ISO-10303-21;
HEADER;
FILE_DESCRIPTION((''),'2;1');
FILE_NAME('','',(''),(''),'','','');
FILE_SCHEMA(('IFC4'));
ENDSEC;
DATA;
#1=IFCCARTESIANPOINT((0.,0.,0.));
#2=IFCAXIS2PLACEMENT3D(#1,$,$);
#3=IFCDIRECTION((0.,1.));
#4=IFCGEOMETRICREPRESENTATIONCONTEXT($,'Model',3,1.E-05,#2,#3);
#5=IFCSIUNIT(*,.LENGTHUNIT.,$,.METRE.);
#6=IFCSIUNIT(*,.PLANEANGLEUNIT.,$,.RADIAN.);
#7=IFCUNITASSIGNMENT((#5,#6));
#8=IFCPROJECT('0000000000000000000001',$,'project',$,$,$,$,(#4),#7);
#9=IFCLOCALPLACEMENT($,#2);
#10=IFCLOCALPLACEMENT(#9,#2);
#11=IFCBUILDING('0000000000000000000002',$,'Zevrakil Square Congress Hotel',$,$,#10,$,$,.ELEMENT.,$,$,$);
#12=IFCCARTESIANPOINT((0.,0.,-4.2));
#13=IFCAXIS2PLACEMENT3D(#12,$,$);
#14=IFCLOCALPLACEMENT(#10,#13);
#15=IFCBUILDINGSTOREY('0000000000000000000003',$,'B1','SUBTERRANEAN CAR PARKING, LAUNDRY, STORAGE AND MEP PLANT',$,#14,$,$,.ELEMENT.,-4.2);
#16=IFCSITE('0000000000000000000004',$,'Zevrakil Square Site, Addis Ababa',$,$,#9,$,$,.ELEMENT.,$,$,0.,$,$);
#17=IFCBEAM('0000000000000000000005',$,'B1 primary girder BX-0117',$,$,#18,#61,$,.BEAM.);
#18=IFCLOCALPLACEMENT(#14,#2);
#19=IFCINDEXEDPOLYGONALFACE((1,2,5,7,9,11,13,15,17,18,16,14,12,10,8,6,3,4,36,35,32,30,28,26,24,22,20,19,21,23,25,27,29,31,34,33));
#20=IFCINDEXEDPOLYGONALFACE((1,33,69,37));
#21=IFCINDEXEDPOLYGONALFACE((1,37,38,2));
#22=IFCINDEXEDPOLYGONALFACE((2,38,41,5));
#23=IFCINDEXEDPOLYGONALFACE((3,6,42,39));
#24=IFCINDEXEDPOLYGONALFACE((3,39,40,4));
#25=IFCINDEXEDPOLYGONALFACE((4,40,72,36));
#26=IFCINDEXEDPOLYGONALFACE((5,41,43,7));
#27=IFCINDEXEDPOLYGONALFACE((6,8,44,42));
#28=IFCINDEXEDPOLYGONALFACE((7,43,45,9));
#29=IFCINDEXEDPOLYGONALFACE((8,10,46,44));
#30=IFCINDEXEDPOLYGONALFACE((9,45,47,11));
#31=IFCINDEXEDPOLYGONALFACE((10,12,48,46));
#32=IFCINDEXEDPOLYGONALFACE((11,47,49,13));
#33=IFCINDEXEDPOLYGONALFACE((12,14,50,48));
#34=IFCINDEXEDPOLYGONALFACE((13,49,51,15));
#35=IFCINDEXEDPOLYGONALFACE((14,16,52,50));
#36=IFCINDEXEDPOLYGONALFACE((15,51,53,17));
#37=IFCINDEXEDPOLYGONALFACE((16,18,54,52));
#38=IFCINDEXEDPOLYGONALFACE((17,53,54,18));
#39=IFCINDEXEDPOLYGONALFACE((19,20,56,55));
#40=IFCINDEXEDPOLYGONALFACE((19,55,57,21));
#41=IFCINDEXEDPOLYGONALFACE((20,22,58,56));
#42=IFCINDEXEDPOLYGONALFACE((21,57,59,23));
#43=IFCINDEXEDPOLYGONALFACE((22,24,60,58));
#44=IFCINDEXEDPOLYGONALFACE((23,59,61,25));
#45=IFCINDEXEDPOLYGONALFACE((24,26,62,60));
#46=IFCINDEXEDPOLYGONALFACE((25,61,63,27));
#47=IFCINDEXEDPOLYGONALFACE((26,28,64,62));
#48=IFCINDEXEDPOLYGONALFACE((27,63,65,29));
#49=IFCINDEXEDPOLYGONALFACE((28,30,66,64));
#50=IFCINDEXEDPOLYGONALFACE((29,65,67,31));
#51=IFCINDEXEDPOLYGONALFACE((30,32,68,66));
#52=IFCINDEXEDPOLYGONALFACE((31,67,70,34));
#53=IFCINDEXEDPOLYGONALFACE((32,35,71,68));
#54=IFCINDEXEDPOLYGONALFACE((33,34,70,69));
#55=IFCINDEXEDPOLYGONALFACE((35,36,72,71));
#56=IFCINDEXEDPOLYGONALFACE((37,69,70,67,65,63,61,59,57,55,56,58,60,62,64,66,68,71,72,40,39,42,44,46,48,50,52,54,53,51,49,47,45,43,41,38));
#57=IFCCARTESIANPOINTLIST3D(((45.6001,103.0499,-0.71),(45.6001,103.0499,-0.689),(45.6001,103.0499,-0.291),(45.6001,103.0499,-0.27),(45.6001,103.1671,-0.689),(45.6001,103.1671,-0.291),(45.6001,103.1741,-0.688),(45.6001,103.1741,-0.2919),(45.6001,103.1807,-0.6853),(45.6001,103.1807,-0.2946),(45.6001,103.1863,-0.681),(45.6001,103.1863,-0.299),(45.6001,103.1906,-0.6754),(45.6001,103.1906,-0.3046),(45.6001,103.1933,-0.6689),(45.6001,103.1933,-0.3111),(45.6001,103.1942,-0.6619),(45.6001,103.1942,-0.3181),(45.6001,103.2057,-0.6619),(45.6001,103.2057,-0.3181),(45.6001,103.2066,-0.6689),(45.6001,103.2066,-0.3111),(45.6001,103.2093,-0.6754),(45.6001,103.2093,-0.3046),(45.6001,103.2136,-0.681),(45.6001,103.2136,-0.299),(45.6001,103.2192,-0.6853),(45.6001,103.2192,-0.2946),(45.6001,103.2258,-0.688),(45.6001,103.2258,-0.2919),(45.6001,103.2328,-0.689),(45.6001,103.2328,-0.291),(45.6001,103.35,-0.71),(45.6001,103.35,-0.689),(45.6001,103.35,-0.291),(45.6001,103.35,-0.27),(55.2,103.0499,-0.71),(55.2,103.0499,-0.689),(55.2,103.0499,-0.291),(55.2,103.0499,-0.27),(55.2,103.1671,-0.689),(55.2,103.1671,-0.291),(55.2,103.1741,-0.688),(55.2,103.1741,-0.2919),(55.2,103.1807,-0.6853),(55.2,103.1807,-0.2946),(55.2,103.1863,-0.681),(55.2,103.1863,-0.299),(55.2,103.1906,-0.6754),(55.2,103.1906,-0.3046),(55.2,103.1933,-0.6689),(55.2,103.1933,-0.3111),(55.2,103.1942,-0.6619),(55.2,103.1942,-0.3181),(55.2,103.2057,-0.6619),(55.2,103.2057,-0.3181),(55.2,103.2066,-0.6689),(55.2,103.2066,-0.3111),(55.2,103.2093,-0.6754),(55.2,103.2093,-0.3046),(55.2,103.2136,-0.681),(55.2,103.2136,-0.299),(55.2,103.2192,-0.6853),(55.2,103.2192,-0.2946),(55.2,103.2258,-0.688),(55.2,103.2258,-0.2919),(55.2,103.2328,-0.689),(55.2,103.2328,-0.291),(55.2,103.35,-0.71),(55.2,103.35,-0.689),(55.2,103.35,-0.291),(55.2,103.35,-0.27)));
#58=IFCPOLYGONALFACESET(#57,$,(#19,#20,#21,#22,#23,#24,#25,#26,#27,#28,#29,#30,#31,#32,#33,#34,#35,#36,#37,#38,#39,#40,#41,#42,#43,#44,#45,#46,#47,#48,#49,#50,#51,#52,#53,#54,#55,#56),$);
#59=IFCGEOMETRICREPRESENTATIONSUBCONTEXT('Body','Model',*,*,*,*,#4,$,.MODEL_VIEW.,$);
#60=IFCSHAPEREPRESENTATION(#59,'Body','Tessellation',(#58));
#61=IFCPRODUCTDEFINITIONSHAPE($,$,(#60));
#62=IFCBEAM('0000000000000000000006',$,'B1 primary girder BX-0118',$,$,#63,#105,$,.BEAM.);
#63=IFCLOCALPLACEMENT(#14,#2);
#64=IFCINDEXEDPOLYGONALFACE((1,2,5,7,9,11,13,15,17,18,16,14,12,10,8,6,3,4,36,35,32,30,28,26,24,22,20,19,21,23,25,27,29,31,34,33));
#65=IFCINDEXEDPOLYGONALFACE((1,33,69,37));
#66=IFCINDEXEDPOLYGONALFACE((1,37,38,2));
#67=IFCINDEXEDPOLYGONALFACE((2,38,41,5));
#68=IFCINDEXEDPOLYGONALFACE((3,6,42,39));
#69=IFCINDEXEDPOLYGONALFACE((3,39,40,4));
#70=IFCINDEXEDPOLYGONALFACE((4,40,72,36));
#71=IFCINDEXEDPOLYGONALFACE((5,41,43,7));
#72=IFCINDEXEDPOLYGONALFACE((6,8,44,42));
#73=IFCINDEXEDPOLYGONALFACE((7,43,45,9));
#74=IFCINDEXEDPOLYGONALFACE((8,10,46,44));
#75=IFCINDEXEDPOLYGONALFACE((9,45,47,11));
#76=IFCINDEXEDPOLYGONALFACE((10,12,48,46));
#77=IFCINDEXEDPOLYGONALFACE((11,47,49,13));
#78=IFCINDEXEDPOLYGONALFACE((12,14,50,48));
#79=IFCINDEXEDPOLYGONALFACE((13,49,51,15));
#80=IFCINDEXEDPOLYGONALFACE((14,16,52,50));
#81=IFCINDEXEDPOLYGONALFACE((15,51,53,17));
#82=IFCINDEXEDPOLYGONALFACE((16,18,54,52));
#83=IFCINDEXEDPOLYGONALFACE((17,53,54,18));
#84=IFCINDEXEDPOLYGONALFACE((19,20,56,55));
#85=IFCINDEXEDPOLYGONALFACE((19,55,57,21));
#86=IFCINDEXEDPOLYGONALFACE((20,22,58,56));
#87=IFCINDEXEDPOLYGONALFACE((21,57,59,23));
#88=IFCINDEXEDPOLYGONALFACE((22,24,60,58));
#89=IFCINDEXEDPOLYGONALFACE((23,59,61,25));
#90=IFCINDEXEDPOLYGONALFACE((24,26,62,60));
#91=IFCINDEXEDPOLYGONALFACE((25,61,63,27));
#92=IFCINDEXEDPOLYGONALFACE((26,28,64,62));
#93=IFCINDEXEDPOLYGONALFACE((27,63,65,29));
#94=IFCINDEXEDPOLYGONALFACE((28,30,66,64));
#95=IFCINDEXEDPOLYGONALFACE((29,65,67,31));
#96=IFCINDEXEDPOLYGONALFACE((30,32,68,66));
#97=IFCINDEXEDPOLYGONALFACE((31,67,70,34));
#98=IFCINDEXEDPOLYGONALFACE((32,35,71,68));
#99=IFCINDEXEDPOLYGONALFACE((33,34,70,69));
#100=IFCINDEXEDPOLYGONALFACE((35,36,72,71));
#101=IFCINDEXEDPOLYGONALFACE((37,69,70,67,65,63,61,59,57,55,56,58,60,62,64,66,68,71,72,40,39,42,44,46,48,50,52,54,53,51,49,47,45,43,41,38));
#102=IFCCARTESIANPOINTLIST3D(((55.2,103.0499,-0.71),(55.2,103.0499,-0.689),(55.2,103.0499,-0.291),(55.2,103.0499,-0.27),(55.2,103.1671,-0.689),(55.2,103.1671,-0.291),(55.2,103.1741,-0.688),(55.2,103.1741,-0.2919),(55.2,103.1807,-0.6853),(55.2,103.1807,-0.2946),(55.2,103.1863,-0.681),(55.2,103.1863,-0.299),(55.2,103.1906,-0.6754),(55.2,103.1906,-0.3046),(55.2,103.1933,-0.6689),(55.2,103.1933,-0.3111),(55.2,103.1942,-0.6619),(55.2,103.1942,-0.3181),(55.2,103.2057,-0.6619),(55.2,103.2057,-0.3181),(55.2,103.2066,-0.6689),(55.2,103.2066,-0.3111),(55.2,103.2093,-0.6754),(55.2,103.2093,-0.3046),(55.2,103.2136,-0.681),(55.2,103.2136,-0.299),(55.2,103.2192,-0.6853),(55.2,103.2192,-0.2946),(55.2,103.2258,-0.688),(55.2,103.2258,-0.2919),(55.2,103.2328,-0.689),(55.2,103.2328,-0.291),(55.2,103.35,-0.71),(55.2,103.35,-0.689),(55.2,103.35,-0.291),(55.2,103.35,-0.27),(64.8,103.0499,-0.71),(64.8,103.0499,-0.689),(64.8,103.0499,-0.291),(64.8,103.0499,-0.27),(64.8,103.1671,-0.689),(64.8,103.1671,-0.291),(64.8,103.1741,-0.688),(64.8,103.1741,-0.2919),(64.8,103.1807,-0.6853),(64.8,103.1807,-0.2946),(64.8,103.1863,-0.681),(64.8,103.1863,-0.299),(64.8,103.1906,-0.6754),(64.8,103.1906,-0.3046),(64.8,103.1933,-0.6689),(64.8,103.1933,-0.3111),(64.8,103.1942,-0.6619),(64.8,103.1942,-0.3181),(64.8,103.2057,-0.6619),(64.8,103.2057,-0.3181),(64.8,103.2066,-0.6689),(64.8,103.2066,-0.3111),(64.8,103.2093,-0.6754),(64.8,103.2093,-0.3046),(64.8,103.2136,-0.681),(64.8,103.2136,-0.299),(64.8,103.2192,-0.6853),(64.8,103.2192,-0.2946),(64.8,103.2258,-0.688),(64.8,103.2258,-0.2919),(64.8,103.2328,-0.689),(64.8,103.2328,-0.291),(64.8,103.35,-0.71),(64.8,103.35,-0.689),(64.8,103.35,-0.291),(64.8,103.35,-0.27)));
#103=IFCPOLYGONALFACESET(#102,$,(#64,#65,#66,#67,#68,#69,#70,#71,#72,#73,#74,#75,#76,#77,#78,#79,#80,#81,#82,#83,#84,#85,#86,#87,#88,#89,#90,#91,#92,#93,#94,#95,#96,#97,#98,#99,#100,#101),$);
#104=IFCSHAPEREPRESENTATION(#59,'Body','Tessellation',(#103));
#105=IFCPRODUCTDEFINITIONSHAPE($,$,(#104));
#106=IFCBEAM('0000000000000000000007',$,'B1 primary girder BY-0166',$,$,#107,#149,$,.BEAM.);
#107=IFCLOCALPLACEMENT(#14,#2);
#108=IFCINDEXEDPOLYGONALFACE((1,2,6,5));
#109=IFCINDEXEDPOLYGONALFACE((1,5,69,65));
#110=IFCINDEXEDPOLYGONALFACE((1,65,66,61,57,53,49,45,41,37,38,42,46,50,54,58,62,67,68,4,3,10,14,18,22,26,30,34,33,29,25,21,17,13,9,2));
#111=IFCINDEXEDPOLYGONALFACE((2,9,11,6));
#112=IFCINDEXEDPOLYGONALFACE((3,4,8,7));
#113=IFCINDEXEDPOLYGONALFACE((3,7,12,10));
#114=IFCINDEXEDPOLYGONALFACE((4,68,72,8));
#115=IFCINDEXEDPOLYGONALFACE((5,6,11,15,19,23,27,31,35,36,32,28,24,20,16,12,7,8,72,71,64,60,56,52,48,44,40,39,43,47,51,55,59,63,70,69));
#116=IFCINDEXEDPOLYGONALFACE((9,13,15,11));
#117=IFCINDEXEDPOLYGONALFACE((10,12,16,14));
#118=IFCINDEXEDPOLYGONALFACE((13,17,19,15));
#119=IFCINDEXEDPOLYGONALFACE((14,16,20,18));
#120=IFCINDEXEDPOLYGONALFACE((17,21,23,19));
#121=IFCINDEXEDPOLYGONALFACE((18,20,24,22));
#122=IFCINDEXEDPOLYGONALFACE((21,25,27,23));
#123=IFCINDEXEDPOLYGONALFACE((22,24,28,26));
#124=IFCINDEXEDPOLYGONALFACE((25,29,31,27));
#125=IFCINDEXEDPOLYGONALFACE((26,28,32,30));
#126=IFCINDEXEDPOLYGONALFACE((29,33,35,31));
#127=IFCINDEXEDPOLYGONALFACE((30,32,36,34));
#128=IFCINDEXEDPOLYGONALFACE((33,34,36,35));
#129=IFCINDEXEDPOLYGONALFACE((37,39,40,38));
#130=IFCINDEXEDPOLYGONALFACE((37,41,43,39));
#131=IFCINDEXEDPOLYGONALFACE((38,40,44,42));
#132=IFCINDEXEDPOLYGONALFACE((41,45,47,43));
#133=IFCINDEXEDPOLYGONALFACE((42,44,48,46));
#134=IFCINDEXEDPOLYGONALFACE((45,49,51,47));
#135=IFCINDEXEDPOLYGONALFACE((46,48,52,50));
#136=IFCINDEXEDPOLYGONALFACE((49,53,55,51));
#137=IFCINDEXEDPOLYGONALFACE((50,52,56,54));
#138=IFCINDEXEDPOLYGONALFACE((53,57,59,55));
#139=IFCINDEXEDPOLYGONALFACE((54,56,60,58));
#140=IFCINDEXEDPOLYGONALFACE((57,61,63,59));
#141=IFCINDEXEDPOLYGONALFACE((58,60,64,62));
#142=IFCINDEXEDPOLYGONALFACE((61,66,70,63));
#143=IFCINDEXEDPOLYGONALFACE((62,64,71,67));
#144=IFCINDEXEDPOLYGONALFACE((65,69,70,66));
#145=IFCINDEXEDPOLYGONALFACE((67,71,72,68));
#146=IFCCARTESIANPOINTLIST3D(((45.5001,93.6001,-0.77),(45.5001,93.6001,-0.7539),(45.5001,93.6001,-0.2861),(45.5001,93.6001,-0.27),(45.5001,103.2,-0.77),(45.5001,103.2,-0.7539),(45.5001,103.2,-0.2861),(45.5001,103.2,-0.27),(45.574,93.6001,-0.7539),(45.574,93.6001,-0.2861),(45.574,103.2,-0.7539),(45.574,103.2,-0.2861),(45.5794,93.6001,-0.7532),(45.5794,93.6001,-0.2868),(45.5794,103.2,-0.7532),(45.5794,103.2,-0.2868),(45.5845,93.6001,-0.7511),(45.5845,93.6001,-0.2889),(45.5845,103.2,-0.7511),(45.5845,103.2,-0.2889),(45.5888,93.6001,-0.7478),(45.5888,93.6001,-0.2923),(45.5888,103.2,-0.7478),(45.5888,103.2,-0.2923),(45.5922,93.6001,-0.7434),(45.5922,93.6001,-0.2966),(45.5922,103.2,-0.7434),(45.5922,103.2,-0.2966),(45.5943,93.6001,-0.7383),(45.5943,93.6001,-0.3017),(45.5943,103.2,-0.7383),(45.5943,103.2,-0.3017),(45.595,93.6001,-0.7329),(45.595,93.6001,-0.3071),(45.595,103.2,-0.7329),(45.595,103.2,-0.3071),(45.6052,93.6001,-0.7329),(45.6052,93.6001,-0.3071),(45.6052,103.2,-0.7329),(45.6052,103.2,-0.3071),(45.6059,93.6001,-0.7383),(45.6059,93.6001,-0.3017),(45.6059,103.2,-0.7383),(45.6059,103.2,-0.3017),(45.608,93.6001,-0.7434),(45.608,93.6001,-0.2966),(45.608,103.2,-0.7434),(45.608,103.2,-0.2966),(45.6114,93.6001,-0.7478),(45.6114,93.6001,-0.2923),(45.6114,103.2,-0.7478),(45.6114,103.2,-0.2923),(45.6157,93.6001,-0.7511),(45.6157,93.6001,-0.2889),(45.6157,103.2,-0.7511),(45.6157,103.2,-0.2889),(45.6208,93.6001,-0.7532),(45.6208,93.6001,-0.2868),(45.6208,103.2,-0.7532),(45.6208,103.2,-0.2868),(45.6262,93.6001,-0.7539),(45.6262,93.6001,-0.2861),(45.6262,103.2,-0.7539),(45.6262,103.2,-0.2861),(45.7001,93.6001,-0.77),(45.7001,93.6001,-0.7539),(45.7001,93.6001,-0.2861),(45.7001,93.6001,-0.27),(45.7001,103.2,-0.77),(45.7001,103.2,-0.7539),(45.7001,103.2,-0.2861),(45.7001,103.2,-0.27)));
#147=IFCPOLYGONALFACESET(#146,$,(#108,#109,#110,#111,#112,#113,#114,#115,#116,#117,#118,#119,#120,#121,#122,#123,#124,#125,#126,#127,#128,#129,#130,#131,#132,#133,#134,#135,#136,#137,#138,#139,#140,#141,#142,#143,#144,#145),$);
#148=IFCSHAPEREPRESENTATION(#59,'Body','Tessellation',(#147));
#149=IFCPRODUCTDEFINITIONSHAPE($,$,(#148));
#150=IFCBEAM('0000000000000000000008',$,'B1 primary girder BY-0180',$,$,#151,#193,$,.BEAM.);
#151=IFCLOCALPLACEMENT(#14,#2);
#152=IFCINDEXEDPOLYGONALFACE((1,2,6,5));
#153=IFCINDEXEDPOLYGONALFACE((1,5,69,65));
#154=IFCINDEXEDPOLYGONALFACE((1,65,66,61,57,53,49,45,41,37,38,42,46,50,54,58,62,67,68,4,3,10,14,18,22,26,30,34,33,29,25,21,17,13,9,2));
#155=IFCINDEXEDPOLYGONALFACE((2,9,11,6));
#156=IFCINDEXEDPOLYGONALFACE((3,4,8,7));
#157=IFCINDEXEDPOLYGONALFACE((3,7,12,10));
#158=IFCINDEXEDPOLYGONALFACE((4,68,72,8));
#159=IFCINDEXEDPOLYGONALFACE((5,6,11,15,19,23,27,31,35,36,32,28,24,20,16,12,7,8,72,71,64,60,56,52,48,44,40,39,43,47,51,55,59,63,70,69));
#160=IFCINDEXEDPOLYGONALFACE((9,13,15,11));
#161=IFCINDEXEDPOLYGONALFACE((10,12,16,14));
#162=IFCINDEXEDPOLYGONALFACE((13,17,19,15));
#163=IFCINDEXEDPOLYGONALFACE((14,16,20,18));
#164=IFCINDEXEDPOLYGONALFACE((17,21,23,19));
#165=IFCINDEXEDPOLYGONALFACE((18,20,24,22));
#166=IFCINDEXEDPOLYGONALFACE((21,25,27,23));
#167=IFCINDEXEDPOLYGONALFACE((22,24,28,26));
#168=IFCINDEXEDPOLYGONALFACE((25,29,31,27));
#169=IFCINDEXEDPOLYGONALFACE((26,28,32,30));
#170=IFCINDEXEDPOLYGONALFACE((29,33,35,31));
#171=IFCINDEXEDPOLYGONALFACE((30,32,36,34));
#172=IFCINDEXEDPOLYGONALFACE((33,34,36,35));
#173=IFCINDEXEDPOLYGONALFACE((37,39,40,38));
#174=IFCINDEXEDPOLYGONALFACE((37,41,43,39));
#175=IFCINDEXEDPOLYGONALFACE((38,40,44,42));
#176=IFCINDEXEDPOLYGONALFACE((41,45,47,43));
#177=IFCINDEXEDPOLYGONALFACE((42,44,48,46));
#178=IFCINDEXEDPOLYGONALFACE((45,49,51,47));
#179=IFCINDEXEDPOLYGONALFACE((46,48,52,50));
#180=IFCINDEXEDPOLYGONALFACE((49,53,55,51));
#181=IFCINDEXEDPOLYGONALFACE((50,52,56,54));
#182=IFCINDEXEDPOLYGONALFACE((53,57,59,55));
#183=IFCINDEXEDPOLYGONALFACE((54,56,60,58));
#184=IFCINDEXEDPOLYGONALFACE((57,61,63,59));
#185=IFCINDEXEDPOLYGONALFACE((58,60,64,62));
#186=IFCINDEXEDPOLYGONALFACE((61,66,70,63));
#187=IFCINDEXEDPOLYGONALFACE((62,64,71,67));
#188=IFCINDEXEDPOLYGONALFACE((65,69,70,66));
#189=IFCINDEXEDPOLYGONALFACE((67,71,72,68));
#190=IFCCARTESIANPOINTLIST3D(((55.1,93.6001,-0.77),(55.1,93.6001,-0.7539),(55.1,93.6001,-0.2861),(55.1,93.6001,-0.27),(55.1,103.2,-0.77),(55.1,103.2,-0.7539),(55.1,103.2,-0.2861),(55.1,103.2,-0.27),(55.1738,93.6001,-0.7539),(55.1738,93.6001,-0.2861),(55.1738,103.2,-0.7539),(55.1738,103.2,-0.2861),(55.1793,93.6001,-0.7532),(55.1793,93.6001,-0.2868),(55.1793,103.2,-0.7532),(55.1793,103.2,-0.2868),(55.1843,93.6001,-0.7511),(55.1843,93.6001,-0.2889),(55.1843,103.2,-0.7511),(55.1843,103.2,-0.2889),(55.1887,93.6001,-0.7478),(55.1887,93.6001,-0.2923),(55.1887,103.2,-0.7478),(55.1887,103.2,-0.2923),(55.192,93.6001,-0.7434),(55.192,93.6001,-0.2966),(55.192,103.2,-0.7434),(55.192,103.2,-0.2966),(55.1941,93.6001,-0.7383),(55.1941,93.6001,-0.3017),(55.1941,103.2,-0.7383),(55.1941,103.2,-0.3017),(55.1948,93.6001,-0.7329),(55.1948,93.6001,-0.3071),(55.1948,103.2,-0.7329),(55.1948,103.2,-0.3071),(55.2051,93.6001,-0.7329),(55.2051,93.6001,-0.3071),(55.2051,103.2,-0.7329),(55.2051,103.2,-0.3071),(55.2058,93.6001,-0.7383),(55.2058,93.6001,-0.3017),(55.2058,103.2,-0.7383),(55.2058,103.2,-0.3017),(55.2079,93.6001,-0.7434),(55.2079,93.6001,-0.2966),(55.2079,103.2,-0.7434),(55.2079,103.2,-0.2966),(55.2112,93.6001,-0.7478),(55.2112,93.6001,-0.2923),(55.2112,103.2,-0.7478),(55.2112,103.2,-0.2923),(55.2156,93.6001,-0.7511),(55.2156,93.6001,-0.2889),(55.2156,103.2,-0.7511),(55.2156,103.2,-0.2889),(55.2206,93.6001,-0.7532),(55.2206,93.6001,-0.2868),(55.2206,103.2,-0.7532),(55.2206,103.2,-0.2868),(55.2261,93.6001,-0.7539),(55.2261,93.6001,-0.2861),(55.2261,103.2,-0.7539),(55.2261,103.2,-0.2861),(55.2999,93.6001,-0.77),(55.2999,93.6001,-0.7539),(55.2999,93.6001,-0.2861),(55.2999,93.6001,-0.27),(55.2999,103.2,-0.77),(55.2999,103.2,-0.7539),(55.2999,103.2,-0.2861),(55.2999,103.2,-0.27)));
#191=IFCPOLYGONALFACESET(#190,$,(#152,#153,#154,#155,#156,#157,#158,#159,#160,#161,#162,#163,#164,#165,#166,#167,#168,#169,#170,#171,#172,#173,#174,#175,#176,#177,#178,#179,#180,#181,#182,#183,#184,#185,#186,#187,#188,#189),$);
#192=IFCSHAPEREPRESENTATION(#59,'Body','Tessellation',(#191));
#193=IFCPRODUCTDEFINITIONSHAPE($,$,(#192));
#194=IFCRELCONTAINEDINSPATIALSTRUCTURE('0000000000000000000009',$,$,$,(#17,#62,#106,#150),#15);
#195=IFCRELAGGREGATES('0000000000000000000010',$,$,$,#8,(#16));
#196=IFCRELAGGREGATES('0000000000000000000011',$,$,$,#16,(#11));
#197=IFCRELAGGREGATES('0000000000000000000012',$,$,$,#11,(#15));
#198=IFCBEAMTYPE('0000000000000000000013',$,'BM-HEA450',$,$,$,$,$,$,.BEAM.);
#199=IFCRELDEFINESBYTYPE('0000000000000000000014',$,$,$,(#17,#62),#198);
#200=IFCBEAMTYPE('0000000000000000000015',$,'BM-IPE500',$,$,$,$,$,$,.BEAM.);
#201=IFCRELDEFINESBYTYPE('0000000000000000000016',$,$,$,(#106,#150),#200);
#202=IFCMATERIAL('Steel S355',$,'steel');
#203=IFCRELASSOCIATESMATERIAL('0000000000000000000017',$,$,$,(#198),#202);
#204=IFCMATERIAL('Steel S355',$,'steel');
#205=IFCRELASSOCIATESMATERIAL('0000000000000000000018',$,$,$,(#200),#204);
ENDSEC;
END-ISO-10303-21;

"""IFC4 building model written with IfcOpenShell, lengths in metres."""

from ifc_helpers import new_model, si_unit, direction, frame, origin, origin_2d, place, context, subcontext, project, spatial, i_section, extrude, material, material_profile, profile_set, type_object, element, save


model = new_model("IFC4")

# Units and contexts
model_context = context("Model", 3, precision=1e-05, world=origin(), true_north=direction((0.0, 1.0)))
body_context = subcontext(model_context, "Body", "Model", "MODEL_VIEW")
ifc_project = project(units=[si_unit("LENGTHUNIT", "METRE"), si_unit("PLANEANGLEUNIT", "RADIAN")], contexts=[model_context])

# Site, building, storey
site_placement = place(None, origin())
site = spatial("IfcSite", under=ifc_project, at=site_placement, Name="Zevrakil Square Site, Addis Ababa", CompositionType="ELEMENT", RefElevation=0.0)
building_placement = place(site_placement, origin())
building = spatial("IfcBuilding", under=site, at=building_placement, Name="Zevrakil Square Congress Hotel", CompositionType="ELEMENT")
storey_placement = place(building_placement, frame((0.0, 0.0, -4.2)))
storey = spatial("IfcBuildingStorey", under=building, at=storey_placement, Name="B1", Description="SUBTERRANEAN CAR PARKING, LAUNDRY, STORAGE AND MEP PLANT", CompositionType="ELEMENT", Elevation=-4.2)

# Beams
ifc_material_1 = material(Name="Steel S355", Category="steel")
ifc_material_profile_1 = material_profile(ifc_material_1, i_section(OverallWidth=0.3, OverallDepth=0.4399, WebThickness=0.0115, FlangeThickness=0.021, FilletRadius=0.0271, at=origin_2d()), Name="HEA 450")
ifc_profile_set_1 = profile_set([ifc_material_profile_1], Name="Steel S355")
beam_type_1 = type_object("IfcBeamType", Name="BM-HEA450", PredefinedType="BEAM", material=ifc_profile_set_1)
beam_1_placement = place(storey_placement, frame((45.6001, 103.2, -0.49), z_axis=(1.0, 0.0, 0.0), x_axis=(0.0, 1.0, 0.0)))
element("IfcBeam", 1, at=beam_1_placement, inside=storey, type_object=beam_type_1, Name="B1 primary girder BX-0117", PredefinedType="BEAM", context=body_context, shape_type="SweptSolid", body=[
    extrude(i_section(OverallWidth=0.3, OverallDepth=0.4399, WebThickness=0.0115, FlangeThickness=0.021, FilletRadius=0.0271, at=origin_2d()), origin(), (0.0, 0.0, 1.0), 9.5999),
])
beam_2_placement = place(storey_placement, frame((55.2, 103.2, -0.49), z_axis=(1.0, 0.0, 0.0), x_axis=(0.0, 1.0, 0.0)))
element("IfcBeam", 2, at=beam_2_placement, inside=storey, type_object=beam_type_1, Name="B1 primary girder BX-0118", PredefinedType="BEAM", context=body_context, shape_type="SweptSolid", body=[
    extrude(i_section(OverallWidth=0.3, OverallDepth=0.4399, WebThickness=0.0115, FlangeThickness=0.021, FilletRadius=0.0271, at=origin_2d()), origin(), (0.0, 0.0, 1.0), 9.6001),
])
ifc_material_2 = material(Name="Steel S355", Category="steel")
ifc_material_profile_2 = material_profile(ifc_material_2, i_section(OverallWidth=0.2, OverallDepth=0.5, WebThickness=0.0103, FlangeThickness=0.0161, FilletRadius=0.021, at=origin_2d()), Name="IPE 500")
ifc_profile_set_2 = profile_set([ifc_material_profile_2], Name="Steel S355")
beam_type_2 = type_object("IfcBeamType", Name="BM-IPE500", PredefinedType="BEAM", material=ifc_profile_set_2)
for number, where, z_axis, x_axis, name in (
    (3, (45.6001, 93.6001, -0.52), (0.0, 1.0, 0.0), (-1.0, 0.0, 0.0), "B1 primary girder BY-0166"),
    (4, (55.2, 93.6001, -0.52), (0.0, 1.0, 0.0), (-1.0, 0.0, 0.0), "B1 primary girder BY-0180"),
):
    element("IfcBeam", number, at=place(storey_placement, frame(where, z_axis=z_axis, x_axis=x_axis)), inside=storey, type_object=beam_type_2, Name=name, PredefinedType="BEAM", context=body_context, shape_type="SweptSolid", body=[
        extrude(i_section(OverallWidth=0.2, OverallDepth=0.5, WebThickness=0.0103, FlangeThickness=0.0161, FilletRadius=0.021, at=origin_2d()), origin(), (0.0, 0.0, 1.0), 9.5999),
    ])

save(model, "model.ifc")
